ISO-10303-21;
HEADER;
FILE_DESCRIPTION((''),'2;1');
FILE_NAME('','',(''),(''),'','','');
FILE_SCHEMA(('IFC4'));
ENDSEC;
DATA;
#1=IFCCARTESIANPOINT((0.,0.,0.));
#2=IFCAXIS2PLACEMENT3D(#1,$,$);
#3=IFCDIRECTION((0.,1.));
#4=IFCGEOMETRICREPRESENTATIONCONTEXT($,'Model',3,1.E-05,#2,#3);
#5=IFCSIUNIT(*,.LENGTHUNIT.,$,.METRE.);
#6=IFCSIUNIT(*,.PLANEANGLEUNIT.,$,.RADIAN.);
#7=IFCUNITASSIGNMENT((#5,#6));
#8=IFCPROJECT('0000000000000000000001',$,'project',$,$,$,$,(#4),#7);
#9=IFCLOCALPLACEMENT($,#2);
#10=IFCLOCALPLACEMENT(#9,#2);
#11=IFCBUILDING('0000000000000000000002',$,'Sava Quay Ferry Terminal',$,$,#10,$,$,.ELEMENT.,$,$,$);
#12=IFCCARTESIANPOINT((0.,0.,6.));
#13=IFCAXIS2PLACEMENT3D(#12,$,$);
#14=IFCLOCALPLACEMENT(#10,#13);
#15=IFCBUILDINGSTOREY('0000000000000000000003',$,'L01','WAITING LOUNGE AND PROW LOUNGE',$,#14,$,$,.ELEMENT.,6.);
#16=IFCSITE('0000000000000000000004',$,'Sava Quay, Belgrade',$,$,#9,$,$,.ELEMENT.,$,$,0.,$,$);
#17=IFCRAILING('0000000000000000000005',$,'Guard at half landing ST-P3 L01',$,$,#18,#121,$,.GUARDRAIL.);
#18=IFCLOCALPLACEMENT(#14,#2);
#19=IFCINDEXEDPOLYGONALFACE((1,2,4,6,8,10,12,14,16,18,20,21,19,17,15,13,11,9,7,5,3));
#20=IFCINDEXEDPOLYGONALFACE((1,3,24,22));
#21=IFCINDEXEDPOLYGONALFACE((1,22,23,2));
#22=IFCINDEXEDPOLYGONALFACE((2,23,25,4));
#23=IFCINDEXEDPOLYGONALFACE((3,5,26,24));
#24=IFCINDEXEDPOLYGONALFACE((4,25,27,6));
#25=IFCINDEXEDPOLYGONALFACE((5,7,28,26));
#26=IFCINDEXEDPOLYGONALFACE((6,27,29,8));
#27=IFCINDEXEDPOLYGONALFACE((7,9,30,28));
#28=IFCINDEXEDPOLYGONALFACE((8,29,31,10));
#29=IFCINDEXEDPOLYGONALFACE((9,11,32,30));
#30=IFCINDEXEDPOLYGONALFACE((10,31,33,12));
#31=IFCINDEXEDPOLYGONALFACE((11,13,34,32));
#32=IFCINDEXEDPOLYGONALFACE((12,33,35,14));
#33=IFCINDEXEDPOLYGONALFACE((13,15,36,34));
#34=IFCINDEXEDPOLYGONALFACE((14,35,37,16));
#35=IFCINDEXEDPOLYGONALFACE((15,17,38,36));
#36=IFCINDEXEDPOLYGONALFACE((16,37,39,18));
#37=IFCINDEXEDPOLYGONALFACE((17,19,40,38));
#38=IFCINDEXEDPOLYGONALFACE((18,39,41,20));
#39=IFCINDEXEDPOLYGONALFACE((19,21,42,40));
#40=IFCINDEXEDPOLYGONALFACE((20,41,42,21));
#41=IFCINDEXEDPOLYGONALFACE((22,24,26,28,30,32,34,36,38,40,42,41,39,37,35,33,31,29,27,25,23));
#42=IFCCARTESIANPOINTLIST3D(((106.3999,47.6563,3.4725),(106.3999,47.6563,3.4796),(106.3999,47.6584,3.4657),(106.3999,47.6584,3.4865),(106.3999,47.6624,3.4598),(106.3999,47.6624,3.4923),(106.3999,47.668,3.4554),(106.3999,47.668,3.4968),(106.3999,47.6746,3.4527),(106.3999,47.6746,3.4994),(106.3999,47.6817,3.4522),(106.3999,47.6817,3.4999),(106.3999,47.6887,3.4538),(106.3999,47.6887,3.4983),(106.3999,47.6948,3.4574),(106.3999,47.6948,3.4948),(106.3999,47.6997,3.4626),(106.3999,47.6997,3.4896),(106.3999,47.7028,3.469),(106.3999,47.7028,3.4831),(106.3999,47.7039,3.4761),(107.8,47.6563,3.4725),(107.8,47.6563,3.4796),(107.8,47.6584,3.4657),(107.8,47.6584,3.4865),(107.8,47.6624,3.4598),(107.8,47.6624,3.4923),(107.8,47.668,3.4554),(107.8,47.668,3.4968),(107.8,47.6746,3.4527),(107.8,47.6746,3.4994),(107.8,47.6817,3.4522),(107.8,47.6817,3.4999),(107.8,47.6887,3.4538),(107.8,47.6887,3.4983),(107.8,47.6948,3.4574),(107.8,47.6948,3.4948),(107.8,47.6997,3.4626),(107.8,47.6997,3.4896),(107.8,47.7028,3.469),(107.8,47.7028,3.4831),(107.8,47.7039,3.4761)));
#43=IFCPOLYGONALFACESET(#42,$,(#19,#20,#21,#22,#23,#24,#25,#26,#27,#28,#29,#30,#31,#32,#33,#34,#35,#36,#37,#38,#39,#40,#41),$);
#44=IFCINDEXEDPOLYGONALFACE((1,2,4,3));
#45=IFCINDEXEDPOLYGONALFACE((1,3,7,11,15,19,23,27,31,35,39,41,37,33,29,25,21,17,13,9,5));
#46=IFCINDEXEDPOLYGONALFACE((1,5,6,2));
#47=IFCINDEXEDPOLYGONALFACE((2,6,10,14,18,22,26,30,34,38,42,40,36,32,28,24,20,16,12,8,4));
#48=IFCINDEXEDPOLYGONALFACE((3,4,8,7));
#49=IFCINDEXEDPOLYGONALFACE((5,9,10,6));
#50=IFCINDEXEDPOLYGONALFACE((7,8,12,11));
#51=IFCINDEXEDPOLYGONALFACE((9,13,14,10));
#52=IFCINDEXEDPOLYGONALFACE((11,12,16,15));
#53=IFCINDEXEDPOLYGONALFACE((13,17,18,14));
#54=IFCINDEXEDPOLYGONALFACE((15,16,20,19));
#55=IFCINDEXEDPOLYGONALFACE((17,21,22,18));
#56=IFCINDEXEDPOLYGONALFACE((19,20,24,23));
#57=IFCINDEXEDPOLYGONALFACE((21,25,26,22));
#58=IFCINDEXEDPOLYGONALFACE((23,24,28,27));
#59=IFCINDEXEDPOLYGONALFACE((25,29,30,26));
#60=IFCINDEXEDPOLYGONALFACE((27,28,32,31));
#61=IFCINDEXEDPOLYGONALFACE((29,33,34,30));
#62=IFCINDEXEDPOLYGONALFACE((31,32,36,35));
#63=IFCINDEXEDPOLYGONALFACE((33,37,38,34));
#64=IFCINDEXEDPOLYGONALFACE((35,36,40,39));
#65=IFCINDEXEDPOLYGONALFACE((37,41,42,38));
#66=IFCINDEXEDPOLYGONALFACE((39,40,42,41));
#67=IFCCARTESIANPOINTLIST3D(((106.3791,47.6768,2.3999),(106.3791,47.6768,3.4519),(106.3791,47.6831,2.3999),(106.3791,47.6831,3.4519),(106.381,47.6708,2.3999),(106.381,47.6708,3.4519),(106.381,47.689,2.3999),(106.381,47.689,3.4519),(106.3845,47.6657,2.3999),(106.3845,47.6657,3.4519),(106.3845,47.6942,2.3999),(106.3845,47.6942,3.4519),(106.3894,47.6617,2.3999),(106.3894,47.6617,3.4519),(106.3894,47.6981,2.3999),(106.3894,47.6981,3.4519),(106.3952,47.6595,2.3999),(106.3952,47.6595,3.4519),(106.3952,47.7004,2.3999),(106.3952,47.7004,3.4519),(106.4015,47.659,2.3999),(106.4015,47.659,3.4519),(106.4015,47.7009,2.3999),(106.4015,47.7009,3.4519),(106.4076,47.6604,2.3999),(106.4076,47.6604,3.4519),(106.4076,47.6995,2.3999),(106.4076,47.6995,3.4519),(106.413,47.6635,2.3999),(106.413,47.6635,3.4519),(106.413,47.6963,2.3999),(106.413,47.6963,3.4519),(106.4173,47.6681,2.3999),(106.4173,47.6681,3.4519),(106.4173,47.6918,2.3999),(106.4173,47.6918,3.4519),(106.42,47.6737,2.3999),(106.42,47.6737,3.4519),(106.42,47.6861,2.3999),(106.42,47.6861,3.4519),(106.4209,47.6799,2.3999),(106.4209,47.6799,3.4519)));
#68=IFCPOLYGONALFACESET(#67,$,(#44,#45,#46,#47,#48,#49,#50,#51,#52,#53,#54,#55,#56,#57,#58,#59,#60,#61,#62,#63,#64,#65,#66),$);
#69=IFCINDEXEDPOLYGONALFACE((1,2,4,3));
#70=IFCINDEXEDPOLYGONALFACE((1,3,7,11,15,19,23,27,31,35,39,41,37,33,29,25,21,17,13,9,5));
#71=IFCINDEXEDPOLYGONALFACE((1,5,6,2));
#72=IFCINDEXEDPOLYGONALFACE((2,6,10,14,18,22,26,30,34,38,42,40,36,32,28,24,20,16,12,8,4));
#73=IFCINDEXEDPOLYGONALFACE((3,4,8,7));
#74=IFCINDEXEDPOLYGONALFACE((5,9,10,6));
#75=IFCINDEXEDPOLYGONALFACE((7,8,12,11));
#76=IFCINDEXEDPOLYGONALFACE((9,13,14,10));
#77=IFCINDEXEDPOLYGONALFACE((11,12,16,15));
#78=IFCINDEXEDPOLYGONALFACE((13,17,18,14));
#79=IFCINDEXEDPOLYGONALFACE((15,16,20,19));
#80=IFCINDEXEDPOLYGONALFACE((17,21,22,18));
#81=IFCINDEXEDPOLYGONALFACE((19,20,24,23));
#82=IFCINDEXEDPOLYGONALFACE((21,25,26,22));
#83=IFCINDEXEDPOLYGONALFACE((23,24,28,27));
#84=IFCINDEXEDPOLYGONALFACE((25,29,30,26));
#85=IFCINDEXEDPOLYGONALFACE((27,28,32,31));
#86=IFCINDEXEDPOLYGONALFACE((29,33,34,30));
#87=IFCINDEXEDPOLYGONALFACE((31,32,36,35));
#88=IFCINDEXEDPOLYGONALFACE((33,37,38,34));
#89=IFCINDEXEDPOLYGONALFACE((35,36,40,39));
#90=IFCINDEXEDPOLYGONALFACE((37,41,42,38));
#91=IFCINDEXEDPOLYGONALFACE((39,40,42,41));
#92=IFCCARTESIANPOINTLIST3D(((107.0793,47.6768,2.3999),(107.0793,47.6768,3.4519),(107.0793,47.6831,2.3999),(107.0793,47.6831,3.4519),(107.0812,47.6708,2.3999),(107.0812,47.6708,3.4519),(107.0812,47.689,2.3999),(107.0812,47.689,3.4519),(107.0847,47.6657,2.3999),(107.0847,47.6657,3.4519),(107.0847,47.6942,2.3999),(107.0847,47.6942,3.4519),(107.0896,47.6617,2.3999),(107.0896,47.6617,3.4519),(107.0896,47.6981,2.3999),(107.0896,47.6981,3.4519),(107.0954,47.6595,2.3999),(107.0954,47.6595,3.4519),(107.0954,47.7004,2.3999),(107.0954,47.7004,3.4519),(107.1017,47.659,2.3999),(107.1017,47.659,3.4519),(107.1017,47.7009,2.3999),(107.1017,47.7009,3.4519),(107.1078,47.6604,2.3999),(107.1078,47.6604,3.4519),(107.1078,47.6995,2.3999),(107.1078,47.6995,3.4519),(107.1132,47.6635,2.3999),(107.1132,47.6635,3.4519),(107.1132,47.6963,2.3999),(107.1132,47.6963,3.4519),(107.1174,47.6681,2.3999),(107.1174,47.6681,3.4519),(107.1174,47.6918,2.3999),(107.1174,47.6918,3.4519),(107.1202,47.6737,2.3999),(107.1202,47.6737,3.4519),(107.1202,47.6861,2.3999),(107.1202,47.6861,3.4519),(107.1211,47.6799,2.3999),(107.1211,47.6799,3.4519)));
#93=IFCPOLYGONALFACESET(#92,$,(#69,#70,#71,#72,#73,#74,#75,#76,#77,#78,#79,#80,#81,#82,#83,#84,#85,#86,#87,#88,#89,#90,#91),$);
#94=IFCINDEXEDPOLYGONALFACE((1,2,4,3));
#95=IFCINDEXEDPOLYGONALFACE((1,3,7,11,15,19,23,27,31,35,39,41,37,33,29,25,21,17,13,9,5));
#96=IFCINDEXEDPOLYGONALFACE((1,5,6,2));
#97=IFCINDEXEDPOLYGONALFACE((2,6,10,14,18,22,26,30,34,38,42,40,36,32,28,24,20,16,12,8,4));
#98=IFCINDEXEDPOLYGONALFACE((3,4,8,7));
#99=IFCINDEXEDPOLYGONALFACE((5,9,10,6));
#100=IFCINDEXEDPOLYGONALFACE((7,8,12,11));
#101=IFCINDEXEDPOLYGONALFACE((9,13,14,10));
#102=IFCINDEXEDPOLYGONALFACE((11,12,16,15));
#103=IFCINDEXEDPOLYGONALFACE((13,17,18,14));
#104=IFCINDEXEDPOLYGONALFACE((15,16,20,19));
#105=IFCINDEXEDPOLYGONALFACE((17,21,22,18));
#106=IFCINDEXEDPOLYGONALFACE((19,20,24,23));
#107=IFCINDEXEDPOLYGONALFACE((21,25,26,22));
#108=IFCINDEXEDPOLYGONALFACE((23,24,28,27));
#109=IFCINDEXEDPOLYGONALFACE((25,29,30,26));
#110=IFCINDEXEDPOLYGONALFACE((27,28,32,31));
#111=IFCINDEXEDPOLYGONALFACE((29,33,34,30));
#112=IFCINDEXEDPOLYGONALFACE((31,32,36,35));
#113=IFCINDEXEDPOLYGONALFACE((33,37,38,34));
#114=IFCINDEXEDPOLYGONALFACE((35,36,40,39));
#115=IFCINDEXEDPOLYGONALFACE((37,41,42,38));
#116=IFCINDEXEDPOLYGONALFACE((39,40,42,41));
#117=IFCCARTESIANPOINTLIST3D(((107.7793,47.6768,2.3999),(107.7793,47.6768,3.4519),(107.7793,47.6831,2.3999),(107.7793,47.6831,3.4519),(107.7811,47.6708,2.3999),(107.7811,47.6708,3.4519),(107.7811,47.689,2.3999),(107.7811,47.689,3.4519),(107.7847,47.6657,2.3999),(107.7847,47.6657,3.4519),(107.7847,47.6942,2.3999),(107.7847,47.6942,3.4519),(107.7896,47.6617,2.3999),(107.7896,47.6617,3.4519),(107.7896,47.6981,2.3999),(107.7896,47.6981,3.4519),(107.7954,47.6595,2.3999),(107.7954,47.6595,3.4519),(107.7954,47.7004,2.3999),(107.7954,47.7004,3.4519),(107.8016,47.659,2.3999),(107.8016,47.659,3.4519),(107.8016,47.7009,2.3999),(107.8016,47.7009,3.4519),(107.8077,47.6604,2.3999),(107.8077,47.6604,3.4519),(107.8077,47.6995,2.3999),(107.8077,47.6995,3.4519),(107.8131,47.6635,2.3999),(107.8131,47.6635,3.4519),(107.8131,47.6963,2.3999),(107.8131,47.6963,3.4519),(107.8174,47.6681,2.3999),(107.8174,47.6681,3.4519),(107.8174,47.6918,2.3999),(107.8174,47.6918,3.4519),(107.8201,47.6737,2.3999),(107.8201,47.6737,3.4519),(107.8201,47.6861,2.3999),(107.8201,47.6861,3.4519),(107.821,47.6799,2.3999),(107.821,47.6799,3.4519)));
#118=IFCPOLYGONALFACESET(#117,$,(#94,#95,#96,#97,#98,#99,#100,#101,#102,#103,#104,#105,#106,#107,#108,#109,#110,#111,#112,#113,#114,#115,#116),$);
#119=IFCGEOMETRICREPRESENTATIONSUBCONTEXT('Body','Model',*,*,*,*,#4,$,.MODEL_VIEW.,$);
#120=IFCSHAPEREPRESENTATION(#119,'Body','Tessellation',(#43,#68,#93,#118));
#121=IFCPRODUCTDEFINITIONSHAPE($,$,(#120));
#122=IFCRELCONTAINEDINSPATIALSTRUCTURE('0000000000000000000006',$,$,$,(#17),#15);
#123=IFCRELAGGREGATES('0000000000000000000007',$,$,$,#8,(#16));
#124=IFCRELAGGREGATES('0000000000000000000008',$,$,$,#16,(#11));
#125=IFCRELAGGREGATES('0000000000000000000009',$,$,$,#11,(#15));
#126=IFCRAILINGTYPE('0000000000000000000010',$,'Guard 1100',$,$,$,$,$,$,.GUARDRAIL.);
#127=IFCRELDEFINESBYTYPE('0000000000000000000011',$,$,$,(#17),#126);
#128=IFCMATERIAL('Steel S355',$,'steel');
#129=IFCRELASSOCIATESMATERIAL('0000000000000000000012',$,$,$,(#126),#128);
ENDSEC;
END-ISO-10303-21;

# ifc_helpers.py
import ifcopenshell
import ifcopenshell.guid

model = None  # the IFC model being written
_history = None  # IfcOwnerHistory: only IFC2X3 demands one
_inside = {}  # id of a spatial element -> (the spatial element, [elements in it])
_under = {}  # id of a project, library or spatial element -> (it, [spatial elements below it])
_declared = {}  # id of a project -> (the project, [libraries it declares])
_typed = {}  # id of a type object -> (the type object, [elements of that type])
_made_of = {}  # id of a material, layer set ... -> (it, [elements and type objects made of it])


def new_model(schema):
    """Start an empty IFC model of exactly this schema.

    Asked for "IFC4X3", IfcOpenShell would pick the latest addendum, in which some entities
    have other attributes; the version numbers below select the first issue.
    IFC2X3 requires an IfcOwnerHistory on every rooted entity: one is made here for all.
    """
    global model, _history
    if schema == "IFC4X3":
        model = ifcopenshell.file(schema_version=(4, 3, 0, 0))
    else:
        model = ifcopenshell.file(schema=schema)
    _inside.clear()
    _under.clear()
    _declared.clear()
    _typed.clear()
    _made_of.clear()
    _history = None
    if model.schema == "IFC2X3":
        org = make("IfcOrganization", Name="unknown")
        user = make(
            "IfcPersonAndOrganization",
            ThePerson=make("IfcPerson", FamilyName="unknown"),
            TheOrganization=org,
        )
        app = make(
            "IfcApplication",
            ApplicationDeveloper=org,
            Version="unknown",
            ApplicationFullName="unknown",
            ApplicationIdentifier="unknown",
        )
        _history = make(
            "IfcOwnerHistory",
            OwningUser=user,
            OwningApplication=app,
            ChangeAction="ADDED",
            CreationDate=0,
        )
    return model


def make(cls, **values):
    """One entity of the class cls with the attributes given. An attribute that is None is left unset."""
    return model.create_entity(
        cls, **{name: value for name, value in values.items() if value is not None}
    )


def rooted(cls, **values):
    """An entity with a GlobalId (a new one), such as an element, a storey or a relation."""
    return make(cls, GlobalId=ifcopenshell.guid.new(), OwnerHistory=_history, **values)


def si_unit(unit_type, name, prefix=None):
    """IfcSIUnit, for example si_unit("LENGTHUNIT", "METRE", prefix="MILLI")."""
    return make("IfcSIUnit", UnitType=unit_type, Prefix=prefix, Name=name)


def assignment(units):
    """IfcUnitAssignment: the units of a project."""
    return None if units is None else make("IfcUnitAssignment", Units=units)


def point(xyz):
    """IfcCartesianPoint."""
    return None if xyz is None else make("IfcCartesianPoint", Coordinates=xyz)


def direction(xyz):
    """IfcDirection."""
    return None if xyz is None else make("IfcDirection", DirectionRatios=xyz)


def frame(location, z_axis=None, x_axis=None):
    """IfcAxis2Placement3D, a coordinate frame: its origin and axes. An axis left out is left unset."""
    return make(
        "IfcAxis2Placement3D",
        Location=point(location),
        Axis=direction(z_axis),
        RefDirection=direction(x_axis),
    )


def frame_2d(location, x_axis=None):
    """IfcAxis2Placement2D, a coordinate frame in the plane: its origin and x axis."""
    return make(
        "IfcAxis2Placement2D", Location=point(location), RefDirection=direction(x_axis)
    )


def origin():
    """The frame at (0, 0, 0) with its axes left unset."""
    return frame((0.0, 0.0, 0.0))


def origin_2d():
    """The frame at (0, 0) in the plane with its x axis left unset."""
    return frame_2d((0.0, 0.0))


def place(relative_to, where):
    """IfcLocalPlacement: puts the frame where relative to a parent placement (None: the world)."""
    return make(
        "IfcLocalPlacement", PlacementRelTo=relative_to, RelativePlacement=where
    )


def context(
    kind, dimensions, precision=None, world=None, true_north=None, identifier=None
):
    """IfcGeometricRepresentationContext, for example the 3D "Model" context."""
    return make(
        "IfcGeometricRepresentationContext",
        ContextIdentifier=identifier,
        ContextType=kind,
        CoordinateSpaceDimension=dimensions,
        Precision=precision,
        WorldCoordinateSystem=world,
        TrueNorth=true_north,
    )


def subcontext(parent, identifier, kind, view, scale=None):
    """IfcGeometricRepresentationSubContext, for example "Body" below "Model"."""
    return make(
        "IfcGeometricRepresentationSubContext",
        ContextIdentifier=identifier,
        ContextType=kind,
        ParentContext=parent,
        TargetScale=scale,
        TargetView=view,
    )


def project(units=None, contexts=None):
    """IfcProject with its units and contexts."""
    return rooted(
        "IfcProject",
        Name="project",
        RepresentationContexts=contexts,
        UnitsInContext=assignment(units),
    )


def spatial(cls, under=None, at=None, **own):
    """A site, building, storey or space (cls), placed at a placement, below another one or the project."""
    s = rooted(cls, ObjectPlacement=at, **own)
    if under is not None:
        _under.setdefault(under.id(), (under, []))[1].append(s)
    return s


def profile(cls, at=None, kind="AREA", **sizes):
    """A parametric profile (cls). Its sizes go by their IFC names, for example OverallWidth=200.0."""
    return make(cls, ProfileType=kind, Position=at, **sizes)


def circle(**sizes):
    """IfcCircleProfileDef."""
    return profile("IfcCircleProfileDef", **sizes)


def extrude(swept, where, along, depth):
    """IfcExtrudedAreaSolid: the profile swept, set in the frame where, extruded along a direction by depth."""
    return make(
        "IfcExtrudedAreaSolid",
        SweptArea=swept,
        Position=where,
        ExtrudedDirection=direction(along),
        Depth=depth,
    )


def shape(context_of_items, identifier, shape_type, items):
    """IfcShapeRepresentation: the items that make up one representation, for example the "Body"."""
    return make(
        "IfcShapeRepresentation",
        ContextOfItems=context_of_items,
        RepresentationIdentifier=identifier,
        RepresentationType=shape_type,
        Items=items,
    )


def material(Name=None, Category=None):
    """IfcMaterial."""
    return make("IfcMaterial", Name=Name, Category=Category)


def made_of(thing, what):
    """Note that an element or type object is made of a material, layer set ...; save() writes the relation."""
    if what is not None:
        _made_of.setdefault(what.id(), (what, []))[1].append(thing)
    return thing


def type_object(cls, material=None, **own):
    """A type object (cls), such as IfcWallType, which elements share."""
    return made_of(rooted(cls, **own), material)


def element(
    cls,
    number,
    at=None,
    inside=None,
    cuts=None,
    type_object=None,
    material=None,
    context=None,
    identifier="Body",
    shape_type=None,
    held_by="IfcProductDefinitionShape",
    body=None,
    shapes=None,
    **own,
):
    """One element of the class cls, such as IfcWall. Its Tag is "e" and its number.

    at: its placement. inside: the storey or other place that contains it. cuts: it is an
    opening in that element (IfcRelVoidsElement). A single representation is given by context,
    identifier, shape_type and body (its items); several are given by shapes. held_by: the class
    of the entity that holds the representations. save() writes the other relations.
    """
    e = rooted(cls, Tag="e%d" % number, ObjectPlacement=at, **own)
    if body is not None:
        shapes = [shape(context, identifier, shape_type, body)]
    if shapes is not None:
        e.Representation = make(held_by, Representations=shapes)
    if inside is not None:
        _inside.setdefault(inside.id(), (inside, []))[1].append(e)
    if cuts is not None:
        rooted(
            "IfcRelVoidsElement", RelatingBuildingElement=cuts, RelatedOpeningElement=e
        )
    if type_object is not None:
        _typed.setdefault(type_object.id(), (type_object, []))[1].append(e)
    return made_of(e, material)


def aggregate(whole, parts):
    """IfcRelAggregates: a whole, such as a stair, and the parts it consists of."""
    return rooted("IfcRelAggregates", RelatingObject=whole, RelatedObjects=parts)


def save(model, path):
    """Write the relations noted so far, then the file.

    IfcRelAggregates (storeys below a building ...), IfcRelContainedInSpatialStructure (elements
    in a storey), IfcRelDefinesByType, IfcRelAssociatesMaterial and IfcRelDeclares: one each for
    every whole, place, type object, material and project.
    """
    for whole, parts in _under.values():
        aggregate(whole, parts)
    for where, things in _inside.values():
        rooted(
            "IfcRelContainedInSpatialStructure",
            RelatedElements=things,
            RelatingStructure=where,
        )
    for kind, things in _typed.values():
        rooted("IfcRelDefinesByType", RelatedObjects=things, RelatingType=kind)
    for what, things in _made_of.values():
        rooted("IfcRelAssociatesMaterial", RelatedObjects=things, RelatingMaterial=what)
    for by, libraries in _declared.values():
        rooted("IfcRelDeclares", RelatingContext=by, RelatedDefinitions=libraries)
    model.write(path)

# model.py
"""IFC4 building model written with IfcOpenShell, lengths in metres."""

from ifc_helpers import new_model, si_unit, direction, frame, origin, origin_2d, place, context, subcontext, project, spatial, circle, extrude, material, type_object, element, save


model = new_model("IFC4")

# Units and contexts
model_context = context("Model", 3, precision=1e-05, world=origin(), true_north=direction((0.0, 1.0)))
body_context = subcontext(model_context, "Body", "Model", "MODEL_VIEW")
ifc_project = project(units=[si_unit("LENGTHUNIT", "METRE"), si_unit("PLANEANGLEUNIT", "RADIAN")], contexts=[model_context])

# Site, building, storey
site_placement = place(None, origin())
site = spatial("IfcSite", under=ifc_project, at=site_placement, Name="Sava Quay, Belgrade", CompositionType="ELEMENT", RefElevation=0.0)
building_placement = place(site_placement, origin())
building = spatial("IfcBuilding", under=site, at=building_placement, Name="Sava Quay Ferry Terminal", CompositionType="ELEMENT")
storey_placement = place(building_placement, frame((0.0, 0.0, 6.0)))
storey = spatial("IfcBuildingStorey", under=building, at=storey_placement, Name="L01", Description="WAITING LOUNGE AND PROW LOUNGE", CompositionType="ELEMENT", Elevation=6.0)

# Railing
ifc_material_1 = material(Name="Steel S355", Category="steel")
railing_type_1 = type_object("IfcRailingType", Name="Guard 1100", PredefinedType="GUARDRAIL", material=ifc_material_1)
railing_1_placement = place(storey_placement, frame((106.3999, 47.6799, 2.3999)))
element("IfcRailing", 1, at=railing_1_placement, inside=storey, type_object=railing_type_1, Name="Guard at half landing ST-P3 L01", PredefinedType="GUARDRAIL", context=body_context, shape_type="SweptSolid", body=[
    extrude(circle(Radius=0.0239, at=origin_2d()), frame((0.0, 0.0, 1.0762), z_axis=(1.0, 0.0, 0.0), x_axis=(0.0, 1.0, 0.0)), (0.0, 0.0, 1.0), 1.4001),
    extrude(circle(Radius=0.021, at=origin_2d()), origin(), (0.0, 0.0, 1.0), 1.052),
    extrude(circle(Radius=0.021, at=origin_2d()), frame((0.7002, 0.0, 0.0)), (0.0, 0.0, 1.0), 1.052),
    extrude(circle(Radius=0.021, at=origin_2d()), frame((1.4001, 0.0, 0.0)), (0.0, 0.0, 1.0), 1.052),
])

save(model, "model.ifc")
